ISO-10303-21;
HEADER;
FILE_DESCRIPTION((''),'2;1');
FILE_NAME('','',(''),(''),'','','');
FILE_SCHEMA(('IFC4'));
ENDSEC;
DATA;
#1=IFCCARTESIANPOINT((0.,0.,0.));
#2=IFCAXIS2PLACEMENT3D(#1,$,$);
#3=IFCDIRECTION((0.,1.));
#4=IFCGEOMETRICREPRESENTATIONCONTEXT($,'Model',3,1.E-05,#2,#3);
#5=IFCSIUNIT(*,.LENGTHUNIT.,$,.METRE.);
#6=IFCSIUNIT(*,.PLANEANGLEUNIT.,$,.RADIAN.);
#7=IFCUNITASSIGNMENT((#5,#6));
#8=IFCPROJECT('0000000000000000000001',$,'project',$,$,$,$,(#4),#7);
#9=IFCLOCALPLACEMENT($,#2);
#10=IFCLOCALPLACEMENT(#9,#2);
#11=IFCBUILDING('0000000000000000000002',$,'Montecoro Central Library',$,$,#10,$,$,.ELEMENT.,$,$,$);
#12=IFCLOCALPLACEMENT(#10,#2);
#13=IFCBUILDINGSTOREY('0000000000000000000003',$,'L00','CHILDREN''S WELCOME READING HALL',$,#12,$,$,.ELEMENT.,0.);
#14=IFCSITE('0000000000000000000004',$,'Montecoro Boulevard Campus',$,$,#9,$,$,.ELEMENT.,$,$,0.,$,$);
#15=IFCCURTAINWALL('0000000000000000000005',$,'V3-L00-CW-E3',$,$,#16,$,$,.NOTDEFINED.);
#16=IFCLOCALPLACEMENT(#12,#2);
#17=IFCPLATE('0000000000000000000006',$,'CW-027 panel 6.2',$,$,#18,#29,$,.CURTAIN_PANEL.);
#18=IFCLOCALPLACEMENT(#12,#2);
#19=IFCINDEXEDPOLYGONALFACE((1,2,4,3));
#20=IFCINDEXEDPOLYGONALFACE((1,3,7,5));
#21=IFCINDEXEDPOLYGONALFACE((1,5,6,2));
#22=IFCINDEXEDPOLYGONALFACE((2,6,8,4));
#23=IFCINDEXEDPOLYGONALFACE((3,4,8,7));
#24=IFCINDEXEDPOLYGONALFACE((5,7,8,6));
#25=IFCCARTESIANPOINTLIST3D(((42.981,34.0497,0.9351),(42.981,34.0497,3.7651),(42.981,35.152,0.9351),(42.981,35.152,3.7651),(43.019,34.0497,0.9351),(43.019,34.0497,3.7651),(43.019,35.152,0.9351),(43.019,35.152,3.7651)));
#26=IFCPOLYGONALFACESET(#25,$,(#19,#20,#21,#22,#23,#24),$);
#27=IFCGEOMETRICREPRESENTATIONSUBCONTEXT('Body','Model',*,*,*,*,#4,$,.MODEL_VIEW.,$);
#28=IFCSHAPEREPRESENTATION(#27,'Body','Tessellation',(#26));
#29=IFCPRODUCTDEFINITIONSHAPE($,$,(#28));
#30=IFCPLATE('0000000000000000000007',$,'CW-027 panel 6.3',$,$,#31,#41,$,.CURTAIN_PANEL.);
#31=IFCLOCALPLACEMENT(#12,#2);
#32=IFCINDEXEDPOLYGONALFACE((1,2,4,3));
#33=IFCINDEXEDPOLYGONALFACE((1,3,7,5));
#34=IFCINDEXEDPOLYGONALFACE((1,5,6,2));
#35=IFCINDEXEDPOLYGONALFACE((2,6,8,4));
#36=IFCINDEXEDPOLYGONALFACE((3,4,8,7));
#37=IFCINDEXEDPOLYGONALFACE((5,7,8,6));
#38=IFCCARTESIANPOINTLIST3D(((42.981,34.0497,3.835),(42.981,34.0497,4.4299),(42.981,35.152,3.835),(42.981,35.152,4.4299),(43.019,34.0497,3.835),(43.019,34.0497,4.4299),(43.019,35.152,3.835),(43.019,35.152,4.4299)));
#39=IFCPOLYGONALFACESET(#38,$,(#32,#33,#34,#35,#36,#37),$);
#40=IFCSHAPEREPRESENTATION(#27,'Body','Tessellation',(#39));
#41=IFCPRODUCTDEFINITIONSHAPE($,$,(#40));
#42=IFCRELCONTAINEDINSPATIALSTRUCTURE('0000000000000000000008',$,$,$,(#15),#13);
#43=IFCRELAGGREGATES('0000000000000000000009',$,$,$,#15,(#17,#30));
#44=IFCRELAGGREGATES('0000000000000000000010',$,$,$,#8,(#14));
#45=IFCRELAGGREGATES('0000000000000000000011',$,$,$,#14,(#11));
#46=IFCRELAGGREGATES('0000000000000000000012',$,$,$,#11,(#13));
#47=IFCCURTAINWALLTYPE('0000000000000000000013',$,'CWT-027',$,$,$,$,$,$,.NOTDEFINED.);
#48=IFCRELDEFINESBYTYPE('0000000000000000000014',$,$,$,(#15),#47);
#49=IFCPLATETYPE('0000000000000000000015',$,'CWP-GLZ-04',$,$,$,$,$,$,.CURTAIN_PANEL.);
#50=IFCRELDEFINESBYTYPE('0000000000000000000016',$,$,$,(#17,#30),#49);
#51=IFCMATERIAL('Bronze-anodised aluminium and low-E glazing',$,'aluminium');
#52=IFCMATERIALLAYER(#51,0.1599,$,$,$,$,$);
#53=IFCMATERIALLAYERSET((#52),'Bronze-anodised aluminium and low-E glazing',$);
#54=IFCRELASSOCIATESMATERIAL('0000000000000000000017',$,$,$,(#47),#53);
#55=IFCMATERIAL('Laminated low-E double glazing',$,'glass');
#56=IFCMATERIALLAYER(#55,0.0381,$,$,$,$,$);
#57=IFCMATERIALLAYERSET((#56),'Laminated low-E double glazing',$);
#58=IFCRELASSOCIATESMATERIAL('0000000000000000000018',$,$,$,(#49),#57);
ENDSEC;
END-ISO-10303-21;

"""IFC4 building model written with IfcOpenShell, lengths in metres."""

from ifc_helpers import new_model, si_unit, direction, frame, origin, origin_2d, place, context, subcontext, project, spatial, rectangle, extrude, material, layer, layer_set, type_object, element, aggregate, save


model = new_model("IFC4")

# Units and contexts
model_context = context("Model", 3, precision=1e-05, world=origin(), true_north=direction((0.0, 1.0)))
body_context = subcontext(model_context, "Body", "Model", "MODEL_VIEW")
ifc_project = project(units=[si_unit("LENGTHUNIT", "METRE"), si_unit("PLANEANGLEUNIT", "RADIAN")], contexts=[model_context])

# Site, building, storey
site_placement = place(None, origin())
site = spatial("IfcSite", under=ifc_project, at=site_placement, Name="Montecoro Boulevard Campus", CompositionType="ELEMENT", RefElevation=0.0)
building_placement = place(site_placement, origin())
building = spatial("IfcBuilding", under=site, at=building_placement, Name="Montecoro Central Library", CompositionType="ELEMENT")
storey_placement = place(building_placement, origin())
storey = spatial("IfcBuildingStorey", under=building, at=storey_placement, Name="L00", Description="CHILDREN'S WELCOME READING HALL", CompositionType="ELEMENT", Elevation=0.0)

# Curtain wall, plates
ifc_material_1 = material(Name="Bronze-anodised aluminium and low-E glazing", Category="aluminium")
ifc_layer_1 = layer(ifc_material_1, 0.1599)
ifc_layer_set_1 = layer_set([ifc_layer_1], Name="Bronze-anodised aluminium and low-E glazing")
curtain_wall_type = type_object("IfcCurtainWallType", Name="CWT-027", PredefinedType="NOTDEFINED", material=ifc_layer_set_1)
curtain_wall_placement = place(storey_placement, origin())
curtain_wall = element("IfcCurtainWall", 1, at=curtain_wall_placement, inside=storey, type_object=curtain_wall_type, Name="V3-L00-CW-E3", PredefinedType="NOTDEFINED")
ifc_material_2 = material(Name="Laminated low-E double glazing", Category="glass")
ifc_layer_2 = layer(ifc_material_2, 0.0381)
ifc_layer_set_2 = layer_set([ifc_layer_2], Name="Laminated low-E double glazing")
plate_type = type_object("IfcPlateType", Name="CWP-GLZ-04", PredefinedType="CURTAIN_PANEL", material=ifc_layer_set_2)
plate_1_placement = place(storey_placement, frame((43.0, 34.6008, 0.9351), z_axis=(0.0, 0.0, 1.0), x_axis=(0.0, 1.0, 0.0)))
plate_1 = element("IfcPlate", 2, at=plate_1_placement, type_object=plate_type, Name="CW-027 panel 6.2", PredefinedType="CURTAIN_PANEL", context=body_context, shape_type="SweptSolid", body=[
    extrude(rectangle(XDim=1.1023, YDim=0.0381, at=origin_2d()), origin(), (0.0, 0.0, 1.0), 2.8301),
])
plate_2_placement = place(storey_placement, frame((43.0, 34.6008, 3.835), z_axis=(0.0, 0.0, 1.0), x_axis=(0.0, 1.0, 0.0)))
plate_2 = element("IfcPlate", 3, at=plate_2_placement, type_object=plate_type, Name="CW-027 panel 6.3", PredefinedType="CURTAIN_PANEL", context=body_context, shape_type="SweptSolid", body=[
    extrude(rectangle(XDim=1.1023, YDim=0.0381, at=origin_2d()), origin(), (0.0, 0.0, 1.0), 0.595),
])
aggregate(curtain_wall, [plate_1, plate_2])

save(model, "model.ifc")
